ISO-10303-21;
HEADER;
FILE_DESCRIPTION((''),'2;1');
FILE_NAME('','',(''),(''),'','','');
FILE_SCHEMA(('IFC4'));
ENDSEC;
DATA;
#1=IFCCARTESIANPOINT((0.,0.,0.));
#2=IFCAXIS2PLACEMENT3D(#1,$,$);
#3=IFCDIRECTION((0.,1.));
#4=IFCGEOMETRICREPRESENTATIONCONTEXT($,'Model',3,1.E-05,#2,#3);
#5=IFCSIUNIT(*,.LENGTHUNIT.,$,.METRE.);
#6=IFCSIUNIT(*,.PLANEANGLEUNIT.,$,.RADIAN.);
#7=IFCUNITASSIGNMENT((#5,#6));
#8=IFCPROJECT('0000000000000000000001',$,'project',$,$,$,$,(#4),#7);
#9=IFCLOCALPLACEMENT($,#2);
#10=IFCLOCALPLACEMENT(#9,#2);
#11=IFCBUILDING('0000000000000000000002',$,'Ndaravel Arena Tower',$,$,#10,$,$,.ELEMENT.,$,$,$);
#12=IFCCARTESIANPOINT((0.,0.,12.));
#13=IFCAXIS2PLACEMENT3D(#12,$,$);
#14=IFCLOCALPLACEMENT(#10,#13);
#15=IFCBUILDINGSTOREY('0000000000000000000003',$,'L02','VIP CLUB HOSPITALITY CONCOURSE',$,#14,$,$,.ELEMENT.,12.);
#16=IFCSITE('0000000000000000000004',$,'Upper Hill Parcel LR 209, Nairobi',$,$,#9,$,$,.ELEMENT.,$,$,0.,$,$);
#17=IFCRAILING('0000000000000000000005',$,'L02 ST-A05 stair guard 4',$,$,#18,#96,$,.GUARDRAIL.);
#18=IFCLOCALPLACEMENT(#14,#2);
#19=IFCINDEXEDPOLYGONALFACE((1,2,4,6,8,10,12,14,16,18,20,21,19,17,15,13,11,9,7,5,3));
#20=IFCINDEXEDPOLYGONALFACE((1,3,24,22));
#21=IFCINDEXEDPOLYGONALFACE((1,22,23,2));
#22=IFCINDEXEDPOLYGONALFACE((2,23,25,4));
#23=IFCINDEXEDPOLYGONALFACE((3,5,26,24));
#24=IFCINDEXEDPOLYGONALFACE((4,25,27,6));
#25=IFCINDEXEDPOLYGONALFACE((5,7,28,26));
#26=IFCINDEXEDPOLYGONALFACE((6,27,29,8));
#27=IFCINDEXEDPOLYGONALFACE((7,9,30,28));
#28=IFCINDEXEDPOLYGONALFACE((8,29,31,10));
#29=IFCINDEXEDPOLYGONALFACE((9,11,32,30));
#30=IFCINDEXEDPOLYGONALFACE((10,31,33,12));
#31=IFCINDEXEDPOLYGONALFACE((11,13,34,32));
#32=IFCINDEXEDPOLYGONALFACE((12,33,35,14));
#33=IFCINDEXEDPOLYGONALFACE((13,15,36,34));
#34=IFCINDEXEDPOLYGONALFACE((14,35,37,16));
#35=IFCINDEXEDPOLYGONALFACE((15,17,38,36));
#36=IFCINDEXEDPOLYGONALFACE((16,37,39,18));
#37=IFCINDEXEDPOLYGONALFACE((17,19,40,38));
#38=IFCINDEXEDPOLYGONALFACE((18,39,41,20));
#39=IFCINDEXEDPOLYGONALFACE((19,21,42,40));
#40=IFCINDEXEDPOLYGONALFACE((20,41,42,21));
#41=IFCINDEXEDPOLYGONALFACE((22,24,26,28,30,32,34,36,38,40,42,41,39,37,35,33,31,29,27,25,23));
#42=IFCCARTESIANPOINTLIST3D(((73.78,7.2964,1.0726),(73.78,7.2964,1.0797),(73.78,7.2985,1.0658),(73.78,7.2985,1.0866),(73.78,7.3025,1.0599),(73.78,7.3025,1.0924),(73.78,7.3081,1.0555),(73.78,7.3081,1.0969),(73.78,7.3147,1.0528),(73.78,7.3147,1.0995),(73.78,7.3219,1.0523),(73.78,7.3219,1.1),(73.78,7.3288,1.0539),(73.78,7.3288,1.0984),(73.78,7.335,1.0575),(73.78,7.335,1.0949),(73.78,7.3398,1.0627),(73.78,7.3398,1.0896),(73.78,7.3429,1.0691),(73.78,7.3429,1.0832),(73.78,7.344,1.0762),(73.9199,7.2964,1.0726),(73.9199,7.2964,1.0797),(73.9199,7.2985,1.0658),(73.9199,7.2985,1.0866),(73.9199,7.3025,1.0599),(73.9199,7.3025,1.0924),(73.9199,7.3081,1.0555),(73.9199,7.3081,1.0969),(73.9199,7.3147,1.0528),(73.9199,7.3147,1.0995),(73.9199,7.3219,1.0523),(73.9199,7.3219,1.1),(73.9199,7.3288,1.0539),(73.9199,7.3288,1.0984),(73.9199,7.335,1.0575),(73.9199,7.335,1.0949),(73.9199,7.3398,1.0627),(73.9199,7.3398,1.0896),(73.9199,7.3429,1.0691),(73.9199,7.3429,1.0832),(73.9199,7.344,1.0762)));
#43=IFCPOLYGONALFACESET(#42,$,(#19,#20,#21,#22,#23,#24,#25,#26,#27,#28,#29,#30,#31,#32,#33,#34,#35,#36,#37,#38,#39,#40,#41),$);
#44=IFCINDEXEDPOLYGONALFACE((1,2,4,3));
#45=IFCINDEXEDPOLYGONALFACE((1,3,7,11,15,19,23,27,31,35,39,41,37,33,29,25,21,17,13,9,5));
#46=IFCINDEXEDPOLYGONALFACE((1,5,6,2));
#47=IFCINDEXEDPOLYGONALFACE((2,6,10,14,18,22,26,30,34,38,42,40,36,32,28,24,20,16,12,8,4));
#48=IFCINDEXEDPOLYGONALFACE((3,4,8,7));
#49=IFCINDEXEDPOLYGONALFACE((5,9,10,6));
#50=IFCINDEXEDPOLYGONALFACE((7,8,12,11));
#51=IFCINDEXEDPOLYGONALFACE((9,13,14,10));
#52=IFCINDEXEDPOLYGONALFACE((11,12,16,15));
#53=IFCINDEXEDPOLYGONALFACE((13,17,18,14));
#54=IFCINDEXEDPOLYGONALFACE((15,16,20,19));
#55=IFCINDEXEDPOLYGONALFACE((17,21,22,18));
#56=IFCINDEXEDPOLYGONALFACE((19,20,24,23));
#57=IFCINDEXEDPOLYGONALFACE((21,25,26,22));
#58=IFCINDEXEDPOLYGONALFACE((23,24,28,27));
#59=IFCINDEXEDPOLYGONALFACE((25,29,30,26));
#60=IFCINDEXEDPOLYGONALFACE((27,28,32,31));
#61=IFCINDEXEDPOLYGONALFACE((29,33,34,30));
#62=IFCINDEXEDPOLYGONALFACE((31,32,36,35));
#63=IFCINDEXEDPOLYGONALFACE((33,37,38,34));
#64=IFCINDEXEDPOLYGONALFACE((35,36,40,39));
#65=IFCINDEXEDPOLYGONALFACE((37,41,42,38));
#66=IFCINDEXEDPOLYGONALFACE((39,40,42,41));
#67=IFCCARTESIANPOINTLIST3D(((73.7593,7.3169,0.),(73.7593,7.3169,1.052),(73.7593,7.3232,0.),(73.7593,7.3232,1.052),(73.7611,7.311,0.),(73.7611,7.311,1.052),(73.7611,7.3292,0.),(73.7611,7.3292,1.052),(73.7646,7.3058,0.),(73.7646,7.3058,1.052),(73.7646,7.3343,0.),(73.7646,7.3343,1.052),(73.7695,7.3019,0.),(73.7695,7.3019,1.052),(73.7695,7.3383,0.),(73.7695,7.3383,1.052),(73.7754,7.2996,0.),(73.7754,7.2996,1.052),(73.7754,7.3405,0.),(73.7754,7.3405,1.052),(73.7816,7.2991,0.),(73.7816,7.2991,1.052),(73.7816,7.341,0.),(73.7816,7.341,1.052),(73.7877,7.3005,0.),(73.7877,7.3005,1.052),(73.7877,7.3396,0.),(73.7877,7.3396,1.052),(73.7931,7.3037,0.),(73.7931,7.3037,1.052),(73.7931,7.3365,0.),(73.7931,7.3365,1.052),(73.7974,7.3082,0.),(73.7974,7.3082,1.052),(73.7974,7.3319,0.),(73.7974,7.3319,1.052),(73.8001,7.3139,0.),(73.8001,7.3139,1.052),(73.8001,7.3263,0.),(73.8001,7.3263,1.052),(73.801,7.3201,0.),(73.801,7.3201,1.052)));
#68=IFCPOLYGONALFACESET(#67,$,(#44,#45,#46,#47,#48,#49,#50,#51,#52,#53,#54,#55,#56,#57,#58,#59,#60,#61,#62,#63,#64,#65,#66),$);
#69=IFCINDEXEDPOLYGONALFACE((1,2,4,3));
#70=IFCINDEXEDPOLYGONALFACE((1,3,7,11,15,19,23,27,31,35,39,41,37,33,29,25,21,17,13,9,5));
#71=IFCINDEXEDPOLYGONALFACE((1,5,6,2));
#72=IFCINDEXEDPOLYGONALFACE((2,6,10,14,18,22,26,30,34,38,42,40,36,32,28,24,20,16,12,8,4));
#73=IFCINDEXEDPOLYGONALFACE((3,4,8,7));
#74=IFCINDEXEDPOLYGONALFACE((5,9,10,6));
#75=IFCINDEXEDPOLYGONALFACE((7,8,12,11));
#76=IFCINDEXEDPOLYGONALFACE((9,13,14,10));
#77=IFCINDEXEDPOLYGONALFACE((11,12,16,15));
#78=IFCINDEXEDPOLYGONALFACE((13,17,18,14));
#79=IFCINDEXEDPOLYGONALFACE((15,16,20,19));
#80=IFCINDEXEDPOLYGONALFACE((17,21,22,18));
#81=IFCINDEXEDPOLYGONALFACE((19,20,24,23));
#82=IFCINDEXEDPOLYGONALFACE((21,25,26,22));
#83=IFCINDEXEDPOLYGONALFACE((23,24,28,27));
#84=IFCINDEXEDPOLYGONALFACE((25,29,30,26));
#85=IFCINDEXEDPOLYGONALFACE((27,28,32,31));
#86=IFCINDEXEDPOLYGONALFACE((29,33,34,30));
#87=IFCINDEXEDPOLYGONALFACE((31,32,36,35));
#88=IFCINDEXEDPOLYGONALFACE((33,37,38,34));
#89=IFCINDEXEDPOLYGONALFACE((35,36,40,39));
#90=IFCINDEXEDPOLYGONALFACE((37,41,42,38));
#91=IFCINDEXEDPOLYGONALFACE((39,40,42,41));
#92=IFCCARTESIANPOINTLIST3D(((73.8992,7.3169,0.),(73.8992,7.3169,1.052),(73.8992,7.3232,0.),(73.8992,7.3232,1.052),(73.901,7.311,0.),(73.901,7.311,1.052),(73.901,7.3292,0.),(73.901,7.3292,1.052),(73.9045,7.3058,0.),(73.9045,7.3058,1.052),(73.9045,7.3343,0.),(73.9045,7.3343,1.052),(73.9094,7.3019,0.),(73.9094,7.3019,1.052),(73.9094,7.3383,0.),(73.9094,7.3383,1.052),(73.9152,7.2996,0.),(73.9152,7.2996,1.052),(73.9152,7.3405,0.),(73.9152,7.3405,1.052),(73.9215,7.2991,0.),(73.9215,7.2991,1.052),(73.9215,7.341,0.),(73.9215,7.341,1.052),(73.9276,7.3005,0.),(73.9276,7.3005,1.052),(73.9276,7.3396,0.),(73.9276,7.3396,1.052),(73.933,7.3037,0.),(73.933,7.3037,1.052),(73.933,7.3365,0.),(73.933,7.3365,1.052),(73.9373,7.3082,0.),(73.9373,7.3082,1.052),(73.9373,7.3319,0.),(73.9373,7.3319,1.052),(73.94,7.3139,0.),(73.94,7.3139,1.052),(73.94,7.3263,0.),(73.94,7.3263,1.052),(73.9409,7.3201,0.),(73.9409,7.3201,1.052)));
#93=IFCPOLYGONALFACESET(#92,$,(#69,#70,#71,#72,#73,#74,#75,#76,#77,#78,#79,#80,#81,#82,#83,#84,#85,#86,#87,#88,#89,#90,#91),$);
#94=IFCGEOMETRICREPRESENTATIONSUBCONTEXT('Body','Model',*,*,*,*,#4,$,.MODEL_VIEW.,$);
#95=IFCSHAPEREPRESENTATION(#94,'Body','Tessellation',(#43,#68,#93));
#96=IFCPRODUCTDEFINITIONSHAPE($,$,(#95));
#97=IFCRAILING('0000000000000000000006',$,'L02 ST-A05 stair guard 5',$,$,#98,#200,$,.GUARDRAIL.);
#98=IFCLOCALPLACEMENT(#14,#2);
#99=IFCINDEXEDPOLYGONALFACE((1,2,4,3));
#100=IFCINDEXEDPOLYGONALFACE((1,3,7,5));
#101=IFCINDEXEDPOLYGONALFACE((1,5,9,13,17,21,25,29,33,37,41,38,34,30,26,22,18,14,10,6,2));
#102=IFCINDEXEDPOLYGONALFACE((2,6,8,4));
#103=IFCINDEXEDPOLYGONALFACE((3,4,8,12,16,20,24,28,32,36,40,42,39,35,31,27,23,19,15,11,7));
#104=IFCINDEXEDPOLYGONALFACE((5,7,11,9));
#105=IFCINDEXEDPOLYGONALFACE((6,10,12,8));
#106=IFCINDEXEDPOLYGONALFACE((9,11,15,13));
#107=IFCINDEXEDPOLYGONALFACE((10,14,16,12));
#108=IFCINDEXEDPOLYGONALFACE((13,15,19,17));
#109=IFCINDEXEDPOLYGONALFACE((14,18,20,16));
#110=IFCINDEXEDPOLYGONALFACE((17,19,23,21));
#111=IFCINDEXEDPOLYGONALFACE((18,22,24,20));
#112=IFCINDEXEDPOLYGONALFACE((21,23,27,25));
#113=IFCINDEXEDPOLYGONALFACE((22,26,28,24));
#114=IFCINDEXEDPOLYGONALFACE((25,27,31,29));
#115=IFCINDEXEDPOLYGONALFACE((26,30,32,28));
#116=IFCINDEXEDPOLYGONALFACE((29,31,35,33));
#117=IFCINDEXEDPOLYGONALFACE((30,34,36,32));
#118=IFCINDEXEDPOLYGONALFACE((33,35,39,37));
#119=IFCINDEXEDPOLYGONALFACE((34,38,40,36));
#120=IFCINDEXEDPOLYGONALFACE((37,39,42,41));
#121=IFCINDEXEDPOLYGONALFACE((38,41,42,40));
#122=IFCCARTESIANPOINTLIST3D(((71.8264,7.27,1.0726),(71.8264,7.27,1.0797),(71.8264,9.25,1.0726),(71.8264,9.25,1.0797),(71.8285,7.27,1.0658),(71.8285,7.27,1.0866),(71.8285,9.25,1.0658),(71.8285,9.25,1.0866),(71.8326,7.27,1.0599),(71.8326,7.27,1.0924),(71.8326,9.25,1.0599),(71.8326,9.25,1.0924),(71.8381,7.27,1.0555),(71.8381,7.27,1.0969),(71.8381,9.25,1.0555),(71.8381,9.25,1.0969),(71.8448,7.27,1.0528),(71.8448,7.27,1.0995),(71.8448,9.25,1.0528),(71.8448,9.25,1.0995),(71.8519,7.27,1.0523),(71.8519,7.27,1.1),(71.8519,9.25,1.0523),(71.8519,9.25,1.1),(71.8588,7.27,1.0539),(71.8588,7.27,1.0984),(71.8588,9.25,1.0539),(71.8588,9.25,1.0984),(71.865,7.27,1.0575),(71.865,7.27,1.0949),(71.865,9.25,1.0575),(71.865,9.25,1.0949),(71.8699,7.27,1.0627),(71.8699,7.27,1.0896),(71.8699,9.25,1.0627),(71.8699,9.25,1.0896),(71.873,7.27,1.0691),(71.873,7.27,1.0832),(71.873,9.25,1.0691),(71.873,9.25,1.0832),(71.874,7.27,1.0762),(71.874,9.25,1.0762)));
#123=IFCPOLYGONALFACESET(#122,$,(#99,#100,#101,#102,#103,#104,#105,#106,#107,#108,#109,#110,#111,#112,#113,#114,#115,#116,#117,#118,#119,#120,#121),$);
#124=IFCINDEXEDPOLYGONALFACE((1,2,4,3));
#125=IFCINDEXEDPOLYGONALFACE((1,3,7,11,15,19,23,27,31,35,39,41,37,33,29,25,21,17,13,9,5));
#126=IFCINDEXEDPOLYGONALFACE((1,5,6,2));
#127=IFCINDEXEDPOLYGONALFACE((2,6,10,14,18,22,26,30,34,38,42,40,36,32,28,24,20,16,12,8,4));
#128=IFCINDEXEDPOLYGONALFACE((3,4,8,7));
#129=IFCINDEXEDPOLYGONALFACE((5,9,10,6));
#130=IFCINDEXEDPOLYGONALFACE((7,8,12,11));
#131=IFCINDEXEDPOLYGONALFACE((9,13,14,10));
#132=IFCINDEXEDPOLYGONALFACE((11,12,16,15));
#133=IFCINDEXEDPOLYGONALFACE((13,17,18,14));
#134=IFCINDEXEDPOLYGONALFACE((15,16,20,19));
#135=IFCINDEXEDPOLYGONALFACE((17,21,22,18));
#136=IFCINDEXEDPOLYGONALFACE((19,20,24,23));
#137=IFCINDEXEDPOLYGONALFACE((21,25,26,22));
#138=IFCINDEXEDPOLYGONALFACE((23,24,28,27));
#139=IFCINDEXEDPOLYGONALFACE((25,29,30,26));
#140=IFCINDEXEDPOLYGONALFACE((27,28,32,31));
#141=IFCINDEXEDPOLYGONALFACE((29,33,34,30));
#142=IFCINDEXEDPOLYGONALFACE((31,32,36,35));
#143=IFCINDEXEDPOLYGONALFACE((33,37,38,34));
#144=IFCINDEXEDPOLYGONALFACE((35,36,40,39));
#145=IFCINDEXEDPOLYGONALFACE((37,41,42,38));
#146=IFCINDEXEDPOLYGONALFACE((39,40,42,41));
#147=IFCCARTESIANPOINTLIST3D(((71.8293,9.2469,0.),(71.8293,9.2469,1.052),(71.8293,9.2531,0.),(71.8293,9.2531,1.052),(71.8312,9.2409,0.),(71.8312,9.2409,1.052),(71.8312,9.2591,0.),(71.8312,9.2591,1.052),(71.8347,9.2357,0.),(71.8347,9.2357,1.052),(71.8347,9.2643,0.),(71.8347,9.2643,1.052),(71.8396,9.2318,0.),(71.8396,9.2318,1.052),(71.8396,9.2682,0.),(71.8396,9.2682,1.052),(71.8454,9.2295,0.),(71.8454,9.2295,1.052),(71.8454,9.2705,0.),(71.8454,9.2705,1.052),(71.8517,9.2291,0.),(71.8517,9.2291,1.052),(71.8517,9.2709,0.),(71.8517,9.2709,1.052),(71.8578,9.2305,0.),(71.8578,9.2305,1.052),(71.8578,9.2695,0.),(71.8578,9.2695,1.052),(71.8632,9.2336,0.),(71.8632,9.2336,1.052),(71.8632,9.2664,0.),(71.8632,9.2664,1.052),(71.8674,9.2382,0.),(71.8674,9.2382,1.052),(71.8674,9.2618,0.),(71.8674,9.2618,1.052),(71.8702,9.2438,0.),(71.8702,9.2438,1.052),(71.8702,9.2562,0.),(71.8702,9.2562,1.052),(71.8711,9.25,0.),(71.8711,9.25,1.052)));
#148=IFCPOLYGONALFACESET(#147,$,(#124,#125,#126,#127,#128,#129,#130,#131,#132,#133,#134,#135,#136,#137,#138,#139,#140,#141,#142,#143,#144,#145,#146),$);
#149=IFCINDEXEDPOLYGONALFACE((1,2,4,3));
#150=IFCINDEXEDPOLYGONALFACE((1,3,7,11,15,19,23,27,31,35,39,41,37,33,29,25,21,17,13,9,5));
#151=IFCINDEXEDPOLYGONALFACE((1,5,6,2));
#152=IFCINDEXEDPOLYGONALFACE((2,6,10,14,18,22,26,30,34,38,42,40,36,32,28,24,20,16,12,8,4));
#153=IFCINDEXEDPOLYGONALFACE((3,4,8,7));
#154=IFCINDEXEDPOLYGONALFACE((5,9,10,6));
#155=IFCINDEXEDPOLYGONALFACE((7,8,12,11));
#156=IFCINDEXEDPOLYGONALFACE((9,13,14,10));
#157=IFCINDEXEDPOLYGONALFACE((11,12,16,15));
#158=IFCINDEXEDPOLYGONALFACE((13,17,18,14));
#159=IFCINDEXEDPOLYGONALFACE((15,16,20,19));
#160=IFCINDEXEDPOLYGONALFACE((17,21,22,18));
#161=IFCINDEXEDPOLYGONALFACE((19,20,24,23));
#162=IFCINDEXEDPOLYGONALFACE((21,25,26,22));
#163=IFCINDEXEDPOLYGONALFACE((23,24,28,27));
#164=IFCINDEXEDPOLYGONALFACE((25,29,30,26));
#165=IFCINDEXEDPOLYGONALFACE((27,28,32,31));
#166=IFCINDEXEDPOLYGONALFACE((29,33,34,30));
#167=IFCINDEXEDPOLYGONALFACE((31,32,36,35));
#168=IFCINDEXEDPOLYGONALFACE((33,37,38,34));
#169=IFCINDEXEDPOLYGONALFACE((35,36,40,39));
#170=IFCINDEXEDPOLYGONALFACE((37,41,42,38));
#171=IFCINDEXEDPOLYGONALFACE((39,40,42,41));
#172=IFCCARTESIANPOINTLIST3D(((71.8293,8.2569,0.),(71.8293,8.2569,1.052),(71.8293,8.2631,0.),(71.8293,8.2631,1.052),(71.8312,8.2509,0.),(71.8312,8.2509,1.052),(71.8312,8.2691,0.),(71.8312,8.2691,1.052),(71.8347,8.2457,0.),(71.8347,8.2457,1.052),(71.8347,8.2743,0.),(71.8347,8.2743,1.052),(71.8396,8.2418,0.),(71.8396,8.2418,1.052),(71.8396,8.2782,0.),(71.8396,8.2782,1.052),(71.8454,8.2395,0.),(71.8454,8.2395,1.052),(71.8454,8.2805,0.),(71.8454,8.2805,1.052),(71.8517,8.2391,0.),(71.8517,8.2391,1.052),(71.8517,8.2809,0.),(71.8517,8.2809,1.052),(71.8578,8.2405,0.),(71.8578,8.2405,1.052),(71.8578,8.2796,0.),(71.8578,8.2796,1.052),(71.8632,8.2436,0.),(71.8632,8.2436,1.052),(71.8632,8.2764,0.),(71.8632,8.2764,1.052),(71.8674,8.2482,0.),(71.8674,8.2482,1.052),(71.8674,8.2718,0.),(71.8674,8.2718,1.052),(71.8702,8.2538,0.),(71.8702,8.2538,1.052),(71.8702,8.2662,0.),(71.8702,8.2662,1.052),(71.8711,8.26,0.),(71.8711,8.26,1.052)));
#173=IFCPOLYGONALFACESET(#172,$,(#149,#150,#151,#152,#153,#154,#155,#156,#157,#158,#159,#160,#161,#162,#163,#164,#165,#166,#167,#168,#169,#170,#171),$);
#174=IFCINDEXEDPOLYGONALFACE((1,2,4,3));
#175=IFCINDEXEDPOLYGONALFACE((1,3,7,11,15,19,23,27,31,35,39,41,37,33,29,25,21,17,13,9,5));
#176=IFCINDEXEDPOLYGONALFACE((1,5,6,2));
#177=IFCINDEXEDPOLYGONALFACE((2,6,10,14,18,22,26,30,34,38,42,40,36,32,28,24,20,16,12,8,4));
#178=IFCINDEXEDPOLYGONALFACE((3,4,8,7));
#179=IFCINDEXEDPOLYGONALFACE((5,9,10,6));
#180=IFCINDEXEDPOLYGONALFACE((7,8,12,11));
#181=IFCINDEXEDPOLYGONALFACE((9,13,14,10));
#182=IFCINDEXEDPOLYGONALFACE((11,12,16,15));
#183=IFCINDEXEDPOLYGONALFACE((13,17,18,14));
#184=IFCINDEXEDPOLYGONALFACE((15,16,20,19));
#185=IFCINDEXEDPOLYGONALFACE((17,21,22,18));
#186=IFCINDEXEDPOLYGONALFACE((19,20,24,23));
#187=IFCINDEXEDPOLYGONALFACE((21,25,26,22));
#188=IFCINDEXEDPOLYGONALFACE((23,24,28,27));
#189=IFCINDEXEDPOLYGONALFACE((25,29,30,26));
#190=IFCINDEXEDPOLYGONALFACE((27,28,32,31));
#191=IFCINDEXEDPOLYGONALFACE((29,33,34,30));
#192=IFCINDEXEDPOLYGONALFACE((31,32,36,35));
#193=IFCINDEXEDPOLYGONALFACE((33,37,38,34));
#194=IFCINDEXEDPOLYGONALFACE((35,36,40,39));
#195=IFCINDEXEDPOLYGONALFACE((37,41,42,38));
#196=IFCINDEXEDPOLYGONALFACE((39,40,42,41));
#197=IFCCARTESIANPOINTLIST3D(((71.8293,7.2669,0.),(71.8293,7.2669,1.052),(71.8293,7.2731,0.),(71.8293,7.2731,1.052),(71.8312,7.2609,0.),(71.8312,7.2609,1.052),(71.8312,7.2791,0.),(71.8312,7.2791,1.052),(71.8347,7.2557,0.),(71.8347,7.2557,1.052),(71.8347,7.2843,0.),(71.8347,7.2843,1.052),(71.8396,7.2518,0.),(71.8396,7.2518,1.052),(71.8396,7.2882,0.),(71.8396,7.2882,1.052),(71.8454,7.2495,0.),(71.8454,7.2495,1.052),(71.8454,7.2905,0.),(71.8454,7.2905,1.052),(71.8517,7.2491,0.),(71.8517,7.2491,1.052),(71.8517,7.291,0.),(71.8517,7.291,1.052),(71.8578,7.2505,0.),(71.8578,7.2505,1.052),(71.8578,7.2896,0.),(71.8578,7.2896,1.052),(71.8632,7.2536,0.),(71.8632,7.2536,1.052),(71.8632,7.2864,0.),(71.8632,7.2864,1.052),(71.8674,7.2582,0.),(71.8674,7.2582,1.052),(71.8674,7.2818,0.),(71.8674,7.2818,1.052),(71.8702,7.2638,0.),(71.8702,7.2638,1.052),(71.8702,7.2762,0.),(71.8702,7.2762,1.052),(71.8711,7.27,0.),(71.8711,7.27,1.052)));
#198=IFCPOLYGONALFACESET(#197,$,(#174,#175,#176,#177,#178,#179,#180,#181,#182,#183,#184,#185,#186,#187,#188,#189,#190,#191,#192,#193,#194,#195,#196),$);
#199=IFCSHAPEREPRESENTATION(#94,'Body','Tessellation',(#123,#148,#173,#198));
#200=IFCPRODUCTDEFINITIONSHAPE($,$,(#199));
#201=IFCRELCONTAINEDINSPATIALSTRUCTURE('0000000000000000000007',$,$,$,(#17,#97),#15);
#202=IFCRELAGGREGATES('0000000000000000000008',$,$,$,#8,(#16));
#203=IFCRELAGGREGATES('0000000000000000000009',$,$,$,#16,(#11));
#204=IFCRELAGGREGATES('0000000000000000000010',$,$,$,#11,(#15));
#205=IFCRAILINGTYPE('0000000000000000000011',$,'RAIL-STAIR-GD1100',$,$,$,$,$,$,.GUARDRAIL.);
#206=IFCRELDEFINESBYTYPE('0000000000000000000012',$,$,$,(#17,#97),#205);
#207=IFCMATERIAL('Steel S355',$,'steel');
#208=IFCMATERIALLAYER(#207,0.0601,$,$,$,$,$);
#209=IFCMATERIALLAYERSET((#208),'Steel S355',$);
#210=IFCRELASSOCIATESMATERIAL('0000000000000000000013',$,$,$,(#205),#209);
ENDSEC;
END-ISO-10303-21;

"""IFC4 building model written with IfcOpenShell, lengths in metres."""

from ifc_helpers import new_model, si_unit, direction, frame, origin, origin_2d, place, context, subcontext, project, spatial, circle, extrude, material, layer, layer_set, type_object, element, save


model = new_model("IFC4")

# Units and contexts
model_context = context("Model", 3, precision=1e-05, world=origin(), true_north=direction((0.0, 1.0)))
body_context = subcontext(model_context, "Body", "Model", "MODEL_VIEW")
ifc_project = project(units=[si_unit("LENGTHUNIT", "METRE"), si_unit("PLANEANGLEUNIT", "RADIAN")], contexts=[model_context])

# Site, building, storey
site_placement = place(None, origin())
site = spatial("IfcSite", under=ifc_project, at=site_placement, Name="Upper Hill Parcel LR 209, Nairobi", CompositionType="ELEMENT", RefElevation=0.0)
building_placement = place(site_placement, origin())
building = spatial("IfcBuilding", under=site, at=building_placement, Name="Ndaravel Arena Tower", CompositionType="ELEMENT")
storey_placement = place(building_placement, frame((0.0, 0.0, 12.0)))
storey = spatial("IfcBuildingStorey", under=building, at=storey_placement, Name="L02", Description="VIP CLUB HOSPITALITY CONCOURSE", CompositionType="ELEMENT", Elevation=12.0)

# Railings
ifc_material_1 = material(Name="Steel S355", Category="steel")
ifc_layer_1 = layer(ifc_material_1, 0.0601)
ifc_layer_set_1 = layer_set([ifc_layer_1], Name="Steel S355")
railing_type = type_object("IfcRailingType", Name="RAIL-STAIR-GD1100", PredefinedType="GUARDRAIL", material=ifc_layer_set_1)
railing_1_placement = place(storey_placement, frame((73.78, 7.3201, 0.0)))
element("IfcRailing", 1, at=railing_1_placement, inside=storey, type_object=railing_type, Name="L02 ST-A05 stair guard 4", PredefinedType="GUARDRAIL", context=body_context, shape_type="SweptSolid", body=[
    extrude(circle(Radius=0.0239, at=origin_2d()), frame((0.0, 0.0, 1.0762), z_axis=(1.0, 0.0, 0.0), x_axis=(0.0, 1.0, 0.0)), (0.0, 0.0, 1.0), 0.1399),
    extrude(circle(Radius=0.021, at=origin_2d()), origin(), (0.0, 0.0, 1.0), 1.052),
    extrude(circle(Radius=0.021, at=origin_2d()), frame((0.1399, 0.0, 0.0)), (0.0, 0.0, 1.0), 1.052),
])
for number, where, name in (
    (2, (71.8501, 9.25, 0.0), "L02 ST-A05 stair guard 5"),
):
    element("IfcRailing", number, at=place(storey_placement, frame(where)), inside=storey, type_object=railing_type, Name=name, PredefinedType="GUARDRAIL", context=body_context, shape_type="SweptSolid", body=[
        extrude(circle(Radius=0.0239, at=origin_2d()), frame((0.0, 0.0, 1.0762), z_axis=(0.0, -1.0, 0.0), x_axis=(1.0, 0.0, 0.0)), (0.0, 0.0, 1.0), 1.98),
        extrude(circle(Radius=0.021, at=origin_2d()), origin(), (0.0, 0.0, 1.0), 1.052),
        extrude(circle(Radius=0.021, at=origin_2d()), frame((0.0, -0.99, 0.0)), (0.0, 0.0, 1.0), 1.052),
        extrude(circle(Radius=0.021, at=origin_2d()), frame((0.0, -1.98, 0.0)), (0.0, 0.0, 1.0), 1.052),
    ])

save(model, "model.ifc")
